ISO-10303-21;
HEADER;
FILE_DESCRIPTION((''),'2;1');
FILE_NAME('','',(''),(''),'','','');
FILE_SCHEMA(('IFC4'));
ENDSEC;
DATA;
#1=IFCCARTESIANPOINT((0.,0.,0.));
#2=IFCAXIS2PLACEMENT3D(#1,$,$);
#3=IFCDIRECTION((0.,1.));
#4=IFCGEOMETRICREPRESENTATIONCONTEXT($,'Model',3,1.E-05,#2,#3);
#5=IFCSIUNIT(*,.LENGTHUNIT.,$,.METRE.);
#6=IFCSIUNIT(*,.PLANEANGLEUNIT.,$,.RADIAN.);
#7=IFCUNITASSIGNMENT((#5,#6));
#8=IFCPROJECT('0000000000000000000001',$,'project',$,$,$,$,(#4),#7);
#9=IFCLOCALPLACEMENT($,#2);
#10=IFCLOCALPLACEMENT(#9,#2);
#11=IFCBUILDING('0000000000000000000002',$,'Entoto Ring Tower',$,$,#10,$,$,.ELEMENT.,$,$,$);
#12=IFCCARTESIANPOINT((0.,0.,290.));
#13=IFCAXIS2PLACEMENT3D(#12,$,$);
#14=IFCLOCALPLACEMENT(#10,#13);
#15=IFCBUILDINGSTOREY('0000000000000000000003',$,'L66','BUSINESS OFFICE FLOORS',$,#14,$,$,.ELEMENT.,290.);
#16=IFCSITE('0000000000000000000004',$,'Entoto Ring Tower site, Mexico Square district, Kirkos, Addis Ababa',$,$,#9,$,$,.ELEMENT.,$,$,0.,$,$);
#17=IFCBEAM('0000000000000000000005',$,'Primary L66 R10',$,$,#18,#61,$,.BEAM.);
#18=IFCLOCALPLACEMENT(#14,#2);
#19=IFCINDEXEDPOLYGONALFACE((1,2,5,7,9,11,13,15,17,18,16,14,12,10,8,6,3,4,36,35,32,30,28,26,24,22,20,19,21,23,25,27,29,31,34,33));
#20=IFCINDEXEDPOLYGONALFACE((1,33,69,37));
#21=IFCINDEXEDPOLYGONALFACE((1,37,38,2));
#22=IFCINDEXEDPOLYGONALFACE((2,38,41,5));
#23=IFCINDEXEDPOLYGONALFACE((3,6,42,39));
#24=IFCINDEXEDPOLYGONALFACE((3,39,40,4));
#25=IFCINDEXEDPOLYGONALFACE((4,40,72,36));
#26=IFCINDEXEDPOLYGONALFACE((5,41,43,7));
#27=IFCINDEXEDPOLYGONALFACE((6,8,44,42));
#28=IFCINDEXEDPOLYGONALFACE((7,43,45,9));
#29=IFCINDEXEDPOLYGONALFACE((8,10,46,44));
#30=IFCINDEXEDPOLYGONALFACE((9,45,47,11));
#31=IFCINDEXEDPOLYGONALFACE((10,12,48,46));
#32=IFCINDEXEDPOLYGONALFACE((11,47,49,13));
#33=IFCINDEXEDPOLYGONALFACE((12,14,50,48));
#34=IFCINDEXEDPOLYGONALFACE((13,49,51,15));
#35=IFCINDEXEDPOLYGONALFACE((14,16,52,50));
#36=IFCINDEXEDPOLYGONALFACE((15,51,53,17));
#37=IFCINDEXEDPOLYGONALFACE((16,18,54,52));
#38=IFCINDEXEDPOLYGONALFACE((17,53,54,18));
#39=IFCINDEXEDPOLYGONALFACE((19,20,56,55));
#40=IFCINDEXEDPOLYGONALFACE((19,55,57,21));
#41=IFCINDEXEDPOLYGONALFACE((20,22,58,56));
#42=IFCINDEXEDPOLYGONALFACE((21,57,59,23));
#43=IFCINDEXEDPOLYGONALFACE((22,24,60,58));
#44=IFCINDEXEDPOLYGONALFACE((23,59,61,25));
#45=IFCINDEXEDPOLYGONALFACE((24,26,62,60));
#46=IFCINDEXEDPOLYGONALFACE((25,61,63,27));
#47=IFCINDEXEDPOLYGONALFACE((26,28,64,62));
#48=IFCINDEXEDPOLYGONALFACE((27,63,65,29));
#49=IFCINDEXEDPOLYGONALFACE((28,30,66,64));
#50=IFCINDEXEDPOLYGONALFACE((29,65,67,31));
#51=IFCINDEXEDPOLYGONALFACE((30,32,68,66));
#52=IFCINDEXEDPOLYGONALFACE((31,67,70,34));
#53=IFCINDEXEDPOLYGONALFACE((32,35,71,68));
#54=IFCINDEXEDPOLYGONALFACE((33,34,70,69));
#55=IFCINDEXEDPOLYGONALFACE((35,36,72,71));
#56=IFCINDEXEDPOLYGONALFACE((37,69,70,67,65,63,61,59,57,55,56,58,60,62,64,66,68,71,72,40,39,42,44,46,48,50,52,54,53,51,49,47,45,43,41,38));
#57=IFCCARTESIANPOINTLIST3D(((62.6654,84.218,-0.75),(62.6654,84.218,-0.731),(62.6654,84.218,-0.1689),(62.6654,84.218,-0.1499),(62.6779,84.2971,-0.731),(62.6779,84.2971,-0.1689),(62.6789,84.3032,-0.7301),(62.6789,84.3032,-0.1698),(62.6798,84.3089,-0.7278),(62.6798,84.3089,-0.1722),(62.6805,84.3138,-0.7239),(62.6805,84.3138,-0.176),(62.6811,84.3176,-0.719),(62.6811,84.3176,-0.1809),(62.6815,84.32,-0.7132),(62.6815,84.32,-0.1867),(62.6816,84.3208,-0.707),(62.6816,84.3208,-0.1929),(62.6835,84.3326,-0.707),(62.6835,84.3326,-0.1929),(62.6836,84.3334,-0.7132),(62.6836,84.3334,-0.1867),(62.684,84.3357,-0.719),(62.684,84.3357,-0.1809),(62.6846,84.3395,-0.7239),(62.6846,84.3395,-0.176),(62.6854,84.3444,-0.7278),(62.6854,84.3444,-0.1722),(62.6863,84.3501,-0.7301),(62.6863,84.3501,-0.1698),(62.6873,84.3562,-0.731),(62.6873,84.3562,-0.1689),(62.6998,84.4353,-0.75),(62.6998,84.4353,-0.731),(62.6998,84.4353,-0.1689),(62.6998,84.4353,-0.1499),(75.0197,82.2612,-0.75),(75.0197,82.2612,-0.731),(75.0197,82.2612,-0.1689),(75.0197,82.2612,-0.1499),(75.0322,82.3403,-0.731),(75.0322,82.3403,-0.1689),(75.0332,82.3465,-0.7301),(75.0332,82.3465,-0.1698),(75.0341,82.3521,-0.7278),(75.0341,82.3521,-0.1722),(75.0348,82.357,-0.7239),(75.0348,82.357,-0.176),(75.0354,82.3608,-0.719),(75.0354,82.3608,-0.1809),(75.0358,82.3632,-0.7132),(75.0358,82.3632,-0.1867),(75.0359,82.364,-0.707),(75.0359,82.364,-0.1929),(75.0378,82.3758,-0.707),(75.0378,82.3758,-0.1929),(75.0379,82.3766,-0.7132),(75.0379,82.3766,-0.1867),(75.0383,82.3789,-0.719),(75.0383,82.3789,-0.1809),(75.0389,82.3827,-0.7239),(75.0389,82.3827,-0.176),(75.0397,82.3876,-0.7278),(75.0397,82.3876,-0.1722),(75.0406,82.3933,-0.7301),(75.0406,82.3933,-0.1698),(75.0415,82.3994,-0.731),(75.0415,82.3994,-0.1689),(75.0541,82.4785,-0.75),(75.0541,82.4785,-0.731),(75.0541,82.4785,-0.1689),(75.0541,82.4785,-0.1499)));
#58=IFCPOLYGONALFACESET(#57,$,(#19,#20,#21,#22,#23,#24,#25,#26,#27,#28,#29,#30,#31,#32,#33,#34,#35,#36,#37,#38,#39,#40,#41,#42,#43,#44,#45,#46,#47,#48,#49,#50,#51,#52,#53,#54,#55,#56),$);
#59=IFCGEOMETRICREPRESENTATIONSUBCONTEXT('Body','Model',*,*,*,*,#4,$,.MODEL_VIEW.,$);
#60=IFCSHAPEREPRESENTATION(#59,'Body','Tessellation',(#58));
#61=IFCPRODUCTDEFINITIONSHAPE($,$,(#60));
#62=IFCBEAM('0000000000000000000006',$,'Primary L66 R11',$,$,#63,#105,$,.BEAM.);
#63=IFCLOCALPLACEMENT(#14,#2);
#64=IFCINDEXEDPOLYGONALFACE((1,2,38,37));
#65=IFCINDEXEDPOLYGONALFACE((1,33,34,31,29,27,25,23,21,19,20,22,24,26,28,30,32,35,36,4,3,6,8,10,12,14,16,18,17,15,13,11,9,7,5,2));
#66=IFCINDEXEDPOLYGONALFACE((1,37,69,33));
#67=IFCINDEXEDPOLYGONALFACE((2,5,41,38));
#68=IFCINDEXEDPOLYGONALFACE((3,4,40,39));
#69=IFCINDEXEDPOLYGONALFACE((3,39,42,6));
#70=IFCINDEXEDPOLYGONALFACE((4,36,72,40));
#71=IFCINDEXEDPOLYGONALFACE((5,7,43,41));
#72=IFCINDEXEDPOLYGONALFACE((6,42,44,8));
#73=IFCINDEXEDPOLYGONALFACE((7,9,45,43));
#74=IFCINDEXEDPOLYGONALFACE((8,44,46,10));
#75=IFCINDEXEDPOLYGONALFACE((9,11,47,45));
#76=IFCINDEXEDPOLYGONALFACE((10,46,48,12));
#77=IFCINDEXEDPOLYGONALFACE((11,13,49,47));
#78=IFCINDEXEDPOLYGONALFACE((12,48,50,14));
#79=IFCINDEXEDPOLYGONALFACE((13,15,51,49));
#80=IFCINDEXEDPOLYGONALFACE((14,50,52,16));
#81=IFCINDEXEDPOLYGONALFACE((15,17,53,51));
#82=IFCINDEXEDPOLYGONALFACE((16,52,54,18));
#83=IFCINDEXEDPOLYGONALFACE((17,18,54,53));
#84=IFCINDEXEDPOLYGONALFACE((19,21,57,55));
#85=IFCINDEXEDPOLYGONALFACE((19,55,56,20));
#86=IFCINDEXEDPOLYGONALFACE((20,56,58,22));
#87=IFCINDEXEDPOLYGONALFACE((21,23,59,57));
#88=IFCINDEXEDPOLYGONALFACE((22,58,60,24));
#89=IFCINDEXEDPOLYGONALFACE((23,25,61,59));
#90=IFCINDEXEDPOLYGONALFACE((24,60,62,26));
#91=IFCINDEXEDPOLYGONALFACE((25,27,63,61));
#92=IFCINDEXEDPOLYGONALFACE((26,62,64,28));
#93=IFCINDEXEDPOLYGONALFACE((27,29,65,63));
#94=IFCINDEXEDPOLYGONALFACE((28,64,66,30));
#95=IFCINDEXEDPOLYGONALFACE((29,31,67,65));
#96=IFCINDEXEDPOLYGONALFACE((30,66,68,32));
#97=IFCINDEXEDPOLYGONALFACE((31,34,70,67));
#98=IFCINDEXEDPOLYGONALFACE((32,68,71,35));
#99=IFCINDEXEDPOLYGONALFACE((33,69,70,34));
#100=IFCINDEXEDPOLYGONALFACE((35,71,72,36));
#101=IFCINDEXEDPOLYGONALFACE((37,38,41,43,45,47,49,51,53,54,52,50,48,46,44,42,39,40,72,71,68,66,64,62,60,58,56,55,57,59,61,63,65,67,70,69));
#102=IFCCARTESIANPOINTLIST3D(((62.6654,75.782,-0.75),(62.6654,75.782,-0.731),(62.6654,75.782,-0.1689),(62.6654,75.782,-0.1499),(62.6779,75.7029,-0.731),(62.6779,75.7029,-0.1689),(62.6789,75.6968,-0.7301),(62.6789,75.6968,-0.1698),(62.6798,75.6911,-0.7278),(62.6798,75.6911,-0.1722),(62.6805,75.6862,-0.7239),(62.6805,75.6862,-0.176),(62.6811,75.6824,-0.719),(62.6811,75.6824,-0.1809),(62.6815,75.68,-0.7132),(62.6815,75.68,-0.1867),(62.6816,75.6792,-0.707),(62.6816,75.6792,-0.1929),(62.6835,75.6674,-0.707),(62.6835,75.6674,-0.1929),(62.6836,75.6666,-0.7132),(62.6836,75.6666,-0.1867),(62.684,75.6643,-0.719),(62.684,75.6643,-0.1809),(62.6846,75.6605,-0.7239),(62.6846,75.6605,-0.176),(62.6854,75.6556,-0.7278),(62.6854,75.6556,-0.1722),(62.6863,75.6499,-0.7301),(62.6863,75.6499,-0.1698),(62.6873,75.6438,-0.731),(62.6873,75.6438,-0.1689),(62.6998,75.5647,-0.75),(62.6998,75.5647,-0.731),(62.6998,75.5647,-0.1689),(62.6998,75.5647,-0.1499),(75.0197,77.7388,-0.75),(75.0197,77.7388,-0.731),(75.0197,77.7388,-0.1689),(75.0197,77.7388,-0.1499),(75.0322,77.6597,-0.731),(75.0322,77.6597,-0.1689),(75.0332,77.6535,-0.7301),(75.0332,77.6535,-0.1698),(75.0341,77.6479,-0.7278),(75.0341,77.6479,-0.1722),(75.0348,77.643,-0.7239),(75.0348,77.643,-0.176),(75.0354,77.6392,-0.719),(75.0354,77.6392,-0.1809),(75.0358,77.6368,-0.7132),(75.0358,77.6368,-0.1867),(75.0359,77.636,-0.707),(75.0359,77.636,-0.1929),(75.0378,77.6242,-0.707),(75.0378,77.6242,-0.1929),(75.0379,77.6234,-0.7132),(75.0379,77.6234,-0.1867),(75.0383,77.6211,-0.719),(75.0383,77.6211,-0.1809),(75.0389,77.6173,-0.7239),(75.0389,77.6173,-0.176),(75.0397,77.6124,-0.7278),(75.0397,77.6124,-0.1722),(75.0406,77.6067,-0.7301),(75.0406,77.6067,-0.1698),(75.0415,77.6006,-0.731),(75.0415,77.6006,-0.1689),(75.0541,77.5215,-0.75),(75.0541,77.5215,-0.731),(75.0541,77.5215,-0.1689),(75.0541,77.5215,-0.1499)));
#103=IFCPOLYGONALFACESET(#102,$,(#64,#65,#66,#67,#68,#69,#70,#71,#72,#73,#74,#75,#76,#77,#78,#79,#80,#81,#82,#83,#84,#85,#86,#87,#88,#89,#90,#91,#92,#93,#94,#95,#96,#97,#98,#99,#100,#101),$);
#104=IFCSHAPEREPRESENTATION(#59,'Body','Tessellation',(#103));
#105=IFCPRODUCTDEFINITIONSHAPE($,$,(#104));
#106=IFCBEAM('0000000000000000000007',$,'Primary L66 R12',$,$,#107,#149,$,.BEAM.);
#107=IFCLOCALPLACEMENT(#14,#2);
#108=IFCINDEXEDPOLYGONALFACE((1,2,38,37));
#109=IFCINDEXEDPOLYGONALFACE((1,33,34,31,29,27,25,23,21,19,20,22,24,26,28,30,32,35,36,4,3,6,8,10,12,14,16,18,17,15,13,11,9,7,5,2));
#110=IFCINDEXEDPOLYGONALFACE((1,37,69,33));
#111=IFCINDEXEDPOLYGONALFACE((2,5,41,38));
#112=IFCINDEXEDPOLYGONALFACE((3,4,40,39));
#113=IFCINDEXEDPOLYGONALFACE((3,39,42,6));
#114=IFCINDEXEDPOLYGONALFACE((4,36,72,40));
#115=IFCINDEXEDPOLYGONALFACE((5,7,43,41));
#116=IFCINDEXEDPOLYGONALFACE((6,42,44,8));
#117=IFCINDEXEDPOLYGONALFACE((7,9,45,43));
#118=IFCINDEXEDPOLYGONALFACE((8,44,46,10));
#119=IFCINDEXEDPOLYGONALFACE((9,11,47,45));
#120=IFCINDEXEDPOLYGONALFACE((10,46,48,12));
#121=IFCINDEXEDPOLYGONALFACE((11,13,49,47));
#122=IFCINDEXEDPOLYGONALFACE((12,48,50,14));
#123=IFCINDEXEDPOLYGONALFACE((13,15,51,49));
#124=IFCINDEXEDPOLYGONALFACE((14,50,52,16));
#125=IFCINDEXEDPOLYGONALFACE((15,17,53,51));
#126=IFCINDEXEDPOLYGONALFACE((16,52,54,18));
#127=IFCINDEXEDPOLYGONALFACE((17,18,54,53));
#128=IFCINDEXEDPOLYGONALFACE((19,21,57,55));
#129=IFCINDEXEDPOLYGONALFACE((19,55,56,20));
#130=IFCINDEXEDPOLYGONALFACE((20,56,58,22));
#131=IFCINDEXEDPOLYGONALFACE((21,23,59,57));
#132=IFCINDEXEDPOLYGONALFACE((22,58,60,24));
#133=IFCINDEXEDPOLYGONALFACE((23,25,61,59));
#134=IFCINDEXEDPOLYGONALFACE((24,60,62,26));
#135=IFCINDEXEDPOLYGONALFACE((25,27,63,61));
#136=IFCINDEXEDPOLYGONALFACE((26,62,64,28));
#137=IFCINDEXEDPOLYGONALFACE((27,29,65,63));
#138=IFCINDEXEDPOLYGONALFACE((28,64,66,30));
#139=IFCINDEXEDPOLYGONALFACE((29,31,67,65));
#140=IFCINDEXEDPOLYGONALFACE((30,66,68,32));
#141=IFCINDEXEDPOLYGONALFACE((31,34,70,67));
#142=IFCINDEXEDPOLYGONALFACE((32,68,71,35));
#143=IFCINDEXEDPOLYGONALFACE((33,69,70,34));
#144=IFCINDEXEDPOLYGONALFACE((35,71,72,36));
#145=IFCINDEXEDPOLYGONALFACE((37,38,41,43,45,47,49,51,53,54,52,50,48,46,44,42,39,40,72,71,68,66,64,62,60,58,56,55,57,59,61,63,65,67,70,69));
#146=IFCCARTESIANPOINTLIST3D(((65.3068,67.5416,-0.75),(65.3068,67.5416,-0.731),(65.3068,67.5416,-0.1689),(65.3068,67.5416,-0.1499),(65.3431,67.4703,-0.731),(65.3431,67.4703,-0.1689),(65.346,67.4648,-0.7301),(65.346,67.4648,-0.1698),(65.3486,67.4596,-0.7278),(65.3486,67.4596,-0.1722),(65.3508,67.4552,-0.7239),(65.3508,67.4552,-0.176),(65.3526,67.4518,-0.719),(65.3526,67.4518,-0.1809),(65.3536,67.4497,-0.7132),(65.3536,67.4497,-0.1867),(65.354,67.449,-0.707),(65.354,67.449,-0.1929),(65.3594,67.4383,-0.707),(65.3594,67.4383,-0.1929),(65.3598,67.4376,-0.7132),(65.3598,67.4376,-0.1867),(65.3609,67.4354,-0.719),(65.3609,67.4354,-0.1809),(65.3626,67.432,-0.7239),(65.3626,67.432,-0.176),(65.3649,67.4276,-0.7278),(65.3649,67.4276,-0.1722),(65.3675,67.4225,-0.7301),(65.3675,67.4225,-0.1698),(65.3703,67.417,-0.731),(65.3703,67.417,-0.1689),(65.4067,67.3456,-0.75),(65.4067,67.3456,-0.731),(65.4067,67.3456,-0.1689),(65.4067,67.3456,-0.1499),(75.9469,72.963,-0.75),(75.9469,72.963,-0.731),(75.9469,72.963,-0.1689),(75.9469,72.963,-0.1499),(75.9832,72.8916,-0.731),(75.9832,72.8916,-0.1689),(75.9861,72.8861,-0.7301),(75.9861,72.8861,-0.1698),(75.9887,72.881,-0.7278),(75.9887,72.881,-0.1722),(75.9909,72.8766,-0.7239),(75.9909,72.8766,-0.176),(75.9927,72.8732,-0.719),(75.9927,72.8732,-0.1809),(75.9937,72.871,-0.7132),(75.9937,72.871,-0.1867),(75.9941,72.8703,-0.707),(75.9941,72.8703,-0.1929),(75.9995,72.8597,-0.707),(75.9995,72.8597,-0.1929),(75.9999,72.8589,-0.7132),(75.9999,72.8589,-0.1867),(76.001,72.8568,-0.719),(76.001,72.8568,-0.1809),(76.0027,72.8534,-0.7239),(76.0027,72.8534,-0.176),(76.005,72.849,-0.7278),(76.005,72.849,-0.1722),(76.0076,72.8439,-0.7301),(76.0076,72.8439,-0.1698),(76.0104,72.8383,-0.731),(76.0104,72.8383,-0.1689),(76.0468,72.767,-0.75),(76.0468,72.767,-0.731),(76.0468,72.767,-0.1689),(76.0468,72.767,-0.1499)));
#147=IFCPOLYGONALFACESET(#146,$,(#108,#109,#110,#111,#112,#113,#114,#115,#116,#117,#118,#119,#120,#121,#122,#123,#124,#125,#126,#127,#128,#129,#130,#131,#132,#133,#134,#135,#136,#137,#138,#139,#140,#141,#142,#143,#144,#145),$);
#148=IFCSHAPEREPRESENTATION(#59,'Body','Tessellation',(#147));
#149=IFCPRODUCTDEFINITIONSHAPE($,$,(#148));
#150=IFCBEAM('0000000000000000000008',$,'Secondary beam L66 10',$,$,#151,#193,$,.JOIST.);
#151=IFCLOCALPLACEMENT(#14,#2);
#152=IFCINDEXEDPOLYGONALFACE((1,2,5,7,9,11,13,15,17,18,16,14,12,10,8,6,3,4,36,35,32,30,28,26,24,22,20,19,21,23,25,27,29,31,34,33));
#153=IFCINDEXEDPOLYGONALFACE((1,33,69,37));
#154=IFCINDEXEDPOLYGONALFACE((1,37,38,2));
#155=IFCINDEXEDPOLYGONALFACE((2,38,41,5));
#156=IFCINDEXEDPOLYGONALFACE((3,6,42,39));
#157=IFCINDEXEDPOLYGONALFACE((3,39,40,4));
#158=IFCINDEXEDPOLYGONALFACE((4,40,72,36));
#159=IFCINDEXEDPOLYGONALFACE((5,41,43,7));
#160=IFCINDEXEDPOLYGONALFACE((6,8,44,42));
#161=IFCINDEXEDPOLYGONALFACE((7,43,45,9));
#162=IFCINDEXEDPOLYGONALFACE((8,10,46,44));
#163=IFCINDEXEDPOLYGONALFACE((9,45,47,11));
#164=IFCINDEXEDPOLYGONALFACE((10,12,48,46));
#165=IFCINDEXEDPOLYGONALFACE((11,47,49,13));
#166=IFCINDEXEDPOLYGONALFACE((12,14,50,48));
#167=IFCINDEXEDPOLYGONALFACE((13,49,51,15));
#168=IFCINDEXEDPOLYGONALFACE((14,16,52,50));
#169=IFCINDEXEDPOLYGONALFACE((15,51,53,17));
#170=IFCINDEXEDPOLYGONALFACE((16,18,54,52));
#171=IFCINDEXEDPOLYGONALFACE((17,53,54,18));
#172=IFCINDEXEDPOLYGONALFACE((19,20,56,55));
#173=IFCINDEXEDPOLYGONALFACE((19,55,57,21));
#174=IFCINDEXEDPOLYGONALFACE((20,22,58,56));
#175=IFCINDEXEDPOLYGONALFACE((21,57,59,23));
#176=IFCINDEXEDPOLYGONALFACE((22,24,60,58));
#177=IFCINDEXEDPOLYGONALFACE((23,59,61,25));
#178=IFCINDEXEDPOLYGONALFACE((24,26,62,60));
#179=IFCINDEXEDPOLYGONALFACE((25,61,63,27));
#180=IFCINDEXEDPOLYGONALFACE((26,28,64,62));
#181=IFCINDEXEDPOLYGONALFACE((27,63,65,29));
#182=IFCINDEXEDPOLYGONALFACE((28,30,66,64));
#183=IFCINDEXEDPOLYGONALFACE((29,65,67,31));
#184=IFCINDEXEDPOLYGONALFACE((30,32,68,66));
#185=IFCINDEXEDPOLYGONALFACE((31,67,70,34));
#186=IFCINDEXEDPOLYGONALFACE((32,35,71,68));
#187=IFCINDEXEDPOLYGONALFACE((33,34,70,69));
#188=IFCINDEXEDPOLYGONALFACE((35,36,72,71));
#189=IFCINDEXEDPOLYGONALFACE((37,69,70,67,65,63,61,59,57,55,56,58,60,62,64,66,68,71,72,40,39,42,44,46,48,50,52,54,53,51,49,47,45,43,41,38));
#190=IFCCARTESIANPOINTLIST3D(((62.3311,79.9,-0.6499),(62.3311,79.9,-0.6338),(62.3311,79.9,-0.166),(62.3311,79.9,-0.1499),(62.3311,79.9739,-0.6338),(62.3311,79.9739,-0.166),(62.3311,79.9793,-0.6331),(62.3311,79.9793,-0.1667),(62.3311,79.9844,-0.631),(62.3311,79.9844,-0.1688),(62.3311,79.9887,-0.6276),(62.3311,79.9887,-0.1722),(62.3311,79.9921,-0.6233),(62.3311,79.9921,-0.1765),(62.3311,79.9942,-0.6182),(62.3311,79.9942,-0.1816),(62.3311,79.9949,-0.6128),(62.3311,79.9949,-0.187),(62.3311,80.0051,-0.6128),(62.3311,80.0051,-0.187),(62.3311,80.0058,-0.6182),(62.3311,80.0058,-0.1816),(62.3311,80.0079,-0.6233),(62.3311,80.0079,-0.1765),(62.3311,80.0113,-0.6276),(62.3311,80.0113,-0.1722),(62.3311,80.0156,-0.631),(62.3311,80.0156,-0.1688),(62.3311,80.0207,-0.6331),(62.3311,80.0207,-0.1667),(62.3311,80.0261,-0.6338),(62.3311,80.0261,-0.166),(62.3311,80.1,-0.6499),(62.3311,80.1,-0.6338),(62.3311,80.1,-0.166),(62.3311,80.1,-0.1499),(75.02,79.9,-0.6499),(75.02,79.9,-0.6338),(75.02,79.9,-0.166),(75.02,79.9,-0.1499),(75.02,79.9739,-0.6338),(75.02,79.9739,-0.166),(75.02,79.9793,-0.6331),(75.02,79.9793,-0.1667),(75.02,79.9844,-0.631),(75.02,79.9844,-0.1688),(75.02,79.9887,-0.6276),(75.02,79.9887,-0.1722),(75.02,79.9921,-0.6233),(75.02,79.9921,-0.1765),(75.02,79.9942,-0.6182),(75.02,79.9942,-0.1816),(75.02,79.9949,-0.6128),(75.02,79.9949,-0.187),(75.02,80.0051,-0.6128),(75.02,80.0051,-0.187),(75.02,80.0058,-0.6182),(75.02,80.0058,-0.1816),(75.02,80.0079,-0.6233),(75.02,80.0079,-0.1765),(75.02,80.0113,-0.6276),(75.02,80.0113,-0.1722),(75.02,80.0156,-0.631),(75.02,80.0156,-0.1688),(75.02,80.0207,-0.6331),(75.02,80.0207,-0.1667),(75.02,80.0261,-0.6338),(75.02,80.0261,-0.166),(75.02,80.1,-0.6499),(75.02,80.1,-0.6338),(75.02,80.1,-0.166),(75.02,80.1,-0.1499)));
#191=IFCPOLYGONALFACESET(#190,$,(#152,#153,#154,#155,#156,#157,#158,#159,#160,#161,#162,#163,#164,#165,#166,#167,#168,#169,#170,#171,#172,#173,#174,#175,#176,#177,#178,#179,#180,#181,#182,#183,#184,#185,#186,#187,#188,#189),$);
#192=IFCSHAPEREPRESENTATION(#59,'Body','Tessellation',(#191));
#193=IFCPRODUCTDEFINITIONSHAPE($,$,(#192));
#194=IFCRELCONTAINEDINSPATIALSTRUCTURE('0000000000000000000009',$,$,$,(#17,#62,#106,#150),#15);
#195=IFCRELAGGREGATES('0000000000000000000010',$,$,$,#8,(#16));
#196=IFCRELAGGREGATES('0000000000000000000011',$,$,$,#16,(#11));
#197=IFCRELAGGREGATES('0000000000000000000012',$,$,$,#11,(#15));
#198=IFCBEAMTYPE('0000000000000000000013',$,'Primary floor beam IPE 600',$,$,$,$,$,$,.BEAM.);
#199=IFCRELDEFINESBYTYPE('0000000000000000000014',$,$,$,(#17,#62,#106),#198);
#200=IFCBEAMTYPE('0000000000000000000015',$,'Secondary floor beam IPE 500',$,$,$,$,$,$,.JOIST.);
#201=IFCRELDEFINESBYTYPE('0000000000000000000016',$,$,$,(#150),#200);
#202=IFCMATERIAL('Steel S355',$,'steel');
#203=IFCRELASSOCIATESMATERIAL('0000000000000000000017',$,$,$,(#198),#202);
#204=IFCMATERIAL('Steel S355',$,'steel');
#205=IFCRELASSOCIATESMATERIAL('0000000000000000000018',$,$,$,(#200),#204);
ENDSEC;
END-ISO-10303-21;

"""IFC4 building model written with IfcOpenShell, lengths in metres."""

from ifc_helpers import new_model, si_unit, direction, frame, origin, origin_2d, place, context, subcontext, project, spatial, i_section, extrude, material, material_profile, profile_set, type_object, element, save


model = new_model("IFC4")

# Units and contexts
model_context = context("Model", 3, precision=1e-05, world=origin(), true_north=direction((0.0, 1.0)))
body_context = subcontext(model_context, "Body", "Model", "MODEL_VIEW")
ifc_project = project(units=[si_unit("LENGTHUNIT", "METRE"), si_unit("PLANEANGLEUNIT", "RADIAN")], contexts=[model_context])

# Site, building, storey
site_placement = place(None, origin())
site = spatial("IfcSite", under=ifc_project, at=site_placement, Name="Entoto Ring Tower site, Mexico Square district, Kirkos, Addis Ababa", CompositionType="ELEMENT", RefElevation=0.0)
building_placement = place(site_placement, origin())
building = spatial("IfcBuilding", under=site, at=building_placement, Name="Entoto Ring Tower", CompositionType="ELEMENT")
storey_placement = place(building_placement, frame((0.0, 0.0, 290.0)))
storey = spatial("IfcBuildingStorey", under=building, at=storey_placement, Name="L66", Description="BUSINESS OFFICE FLOORS", CompositionType="ELEMENT", Elevation=290.0)

# Beams
ifc_material_1 = material(Name="Steel S355", Category="steel")
ifc_material_profile_1 = material_profile(ifc_material_1, i_section(OverallWidth=0.22, OverallDepth=0.6001, WebThickness=0.012, FlangeThickness=0.019, FilletRadius=0.0239, at=origin_2d()), Name="IPE 600")
ifc_profile_set_1 = profile_set([ifc_material_profile_1], Name="Steel S355")
beam_type_1 = type_object("IfcBeamType", Name="Primary floor beam IPE 600", PredefinedType="BEAM", material=ifc_profile_set_1)
for number, where, z_axis, x_axis, name in (
    (1, (75.0369, 82.3699, -0.45), (-0.987688, 0.15644, 0.0), (-0.15644, -0.987688, 0.0), "Primary L66 R10"),
    (2, (75.0369, 77.6301, -0.45), (-0.987688, -0.15644, 0.0), (0.15644, -0.987688, 0.0), "Primary L66 R11"),
):
    element("IfcBeam", number, at=place(storey_placement, frame(where, z_axis=z_axis, x_axis=x_axis)), inside=storey, type_object=beam_type_1, Name=name, PredefinedType="BEAM", context=body_context, shape_type="SweptSolid", body=[
        extrude(i_section(OverallWidth=0.22, OverallDepth=0.6001, WebThickness=0.012, FlangeThickness=0.019, FilletRadius=0.0239, at=origin_2d()), origin(), (0.0, 0.0, 1.0), 12.5083),
    ])
beam_1_placement = place(storey_placement, frame((75.9968, 72.865, -0.45), z_axis=(-0.891008, -0.453988, 0.0), x_axis=(0.453988, -0.891008, 0.0)))
element("IfcBeam", 3, at=beam_1_placement, inside=storey, type_object=beam_type_1, Name="Primary L66 R12", PredefinedType="BEAM", context=body_context, shape_type="SweptSolid", body=[
    extrude(i_section(OverallWidth=0.22, OverallDepth=0.6001, WebThickness=0.012, FlangeThickness=0.019, FilletRadius=0.0239, at=origin_2d()), origin(), (0.0, 0.0, 1.0), 11.9417),
])
ifc_material_2 = material(Name="Steel S355", Category="steel")
ifc_material_profile_2 = material_profile(ifc_material_2, i_section(OverallWidth=0.2, OverallDepth=0.5, WebThickness=0.0103, FlangeThickness=0.0161, FilletRadius=0.021, at=origin_2d()), Name="IPE 500")
ifc_profile_set_2 = profile_set([ifc_material_profile_2], Name="Steel S355")
beam_type_2 = type_object("IfcBeamType", Name="Secondary floor beam IPE 500", PredefinedType="JOIST", material=ifc_profile_set_2)
beam_2_placement = place(storey_placement, frame((75.02, 80.0, -0.3999), z_axis=(-1.0, 0.0, 0.0), x_axis=(0.0, -1.0, 0.0)))
element("IfcBeam", 4, at=beam_2_placement, inside=storey, type_object=beam_type_2, Name="Secondary beam L66 10", PredefinedType="JOIST", context=body_context, shape_type="SweptSolid", body=[
    extrude(i_section(OverallWidth=0.2, OverallDepth=0.5, WebThickness=0.0103, FlangeThickness=0.0161, FilletRadius=0.021, at=origin_2d()), origin(), (0.0, 0.0, 1.0), 12.689),
])

save(model, "model.ifc")
